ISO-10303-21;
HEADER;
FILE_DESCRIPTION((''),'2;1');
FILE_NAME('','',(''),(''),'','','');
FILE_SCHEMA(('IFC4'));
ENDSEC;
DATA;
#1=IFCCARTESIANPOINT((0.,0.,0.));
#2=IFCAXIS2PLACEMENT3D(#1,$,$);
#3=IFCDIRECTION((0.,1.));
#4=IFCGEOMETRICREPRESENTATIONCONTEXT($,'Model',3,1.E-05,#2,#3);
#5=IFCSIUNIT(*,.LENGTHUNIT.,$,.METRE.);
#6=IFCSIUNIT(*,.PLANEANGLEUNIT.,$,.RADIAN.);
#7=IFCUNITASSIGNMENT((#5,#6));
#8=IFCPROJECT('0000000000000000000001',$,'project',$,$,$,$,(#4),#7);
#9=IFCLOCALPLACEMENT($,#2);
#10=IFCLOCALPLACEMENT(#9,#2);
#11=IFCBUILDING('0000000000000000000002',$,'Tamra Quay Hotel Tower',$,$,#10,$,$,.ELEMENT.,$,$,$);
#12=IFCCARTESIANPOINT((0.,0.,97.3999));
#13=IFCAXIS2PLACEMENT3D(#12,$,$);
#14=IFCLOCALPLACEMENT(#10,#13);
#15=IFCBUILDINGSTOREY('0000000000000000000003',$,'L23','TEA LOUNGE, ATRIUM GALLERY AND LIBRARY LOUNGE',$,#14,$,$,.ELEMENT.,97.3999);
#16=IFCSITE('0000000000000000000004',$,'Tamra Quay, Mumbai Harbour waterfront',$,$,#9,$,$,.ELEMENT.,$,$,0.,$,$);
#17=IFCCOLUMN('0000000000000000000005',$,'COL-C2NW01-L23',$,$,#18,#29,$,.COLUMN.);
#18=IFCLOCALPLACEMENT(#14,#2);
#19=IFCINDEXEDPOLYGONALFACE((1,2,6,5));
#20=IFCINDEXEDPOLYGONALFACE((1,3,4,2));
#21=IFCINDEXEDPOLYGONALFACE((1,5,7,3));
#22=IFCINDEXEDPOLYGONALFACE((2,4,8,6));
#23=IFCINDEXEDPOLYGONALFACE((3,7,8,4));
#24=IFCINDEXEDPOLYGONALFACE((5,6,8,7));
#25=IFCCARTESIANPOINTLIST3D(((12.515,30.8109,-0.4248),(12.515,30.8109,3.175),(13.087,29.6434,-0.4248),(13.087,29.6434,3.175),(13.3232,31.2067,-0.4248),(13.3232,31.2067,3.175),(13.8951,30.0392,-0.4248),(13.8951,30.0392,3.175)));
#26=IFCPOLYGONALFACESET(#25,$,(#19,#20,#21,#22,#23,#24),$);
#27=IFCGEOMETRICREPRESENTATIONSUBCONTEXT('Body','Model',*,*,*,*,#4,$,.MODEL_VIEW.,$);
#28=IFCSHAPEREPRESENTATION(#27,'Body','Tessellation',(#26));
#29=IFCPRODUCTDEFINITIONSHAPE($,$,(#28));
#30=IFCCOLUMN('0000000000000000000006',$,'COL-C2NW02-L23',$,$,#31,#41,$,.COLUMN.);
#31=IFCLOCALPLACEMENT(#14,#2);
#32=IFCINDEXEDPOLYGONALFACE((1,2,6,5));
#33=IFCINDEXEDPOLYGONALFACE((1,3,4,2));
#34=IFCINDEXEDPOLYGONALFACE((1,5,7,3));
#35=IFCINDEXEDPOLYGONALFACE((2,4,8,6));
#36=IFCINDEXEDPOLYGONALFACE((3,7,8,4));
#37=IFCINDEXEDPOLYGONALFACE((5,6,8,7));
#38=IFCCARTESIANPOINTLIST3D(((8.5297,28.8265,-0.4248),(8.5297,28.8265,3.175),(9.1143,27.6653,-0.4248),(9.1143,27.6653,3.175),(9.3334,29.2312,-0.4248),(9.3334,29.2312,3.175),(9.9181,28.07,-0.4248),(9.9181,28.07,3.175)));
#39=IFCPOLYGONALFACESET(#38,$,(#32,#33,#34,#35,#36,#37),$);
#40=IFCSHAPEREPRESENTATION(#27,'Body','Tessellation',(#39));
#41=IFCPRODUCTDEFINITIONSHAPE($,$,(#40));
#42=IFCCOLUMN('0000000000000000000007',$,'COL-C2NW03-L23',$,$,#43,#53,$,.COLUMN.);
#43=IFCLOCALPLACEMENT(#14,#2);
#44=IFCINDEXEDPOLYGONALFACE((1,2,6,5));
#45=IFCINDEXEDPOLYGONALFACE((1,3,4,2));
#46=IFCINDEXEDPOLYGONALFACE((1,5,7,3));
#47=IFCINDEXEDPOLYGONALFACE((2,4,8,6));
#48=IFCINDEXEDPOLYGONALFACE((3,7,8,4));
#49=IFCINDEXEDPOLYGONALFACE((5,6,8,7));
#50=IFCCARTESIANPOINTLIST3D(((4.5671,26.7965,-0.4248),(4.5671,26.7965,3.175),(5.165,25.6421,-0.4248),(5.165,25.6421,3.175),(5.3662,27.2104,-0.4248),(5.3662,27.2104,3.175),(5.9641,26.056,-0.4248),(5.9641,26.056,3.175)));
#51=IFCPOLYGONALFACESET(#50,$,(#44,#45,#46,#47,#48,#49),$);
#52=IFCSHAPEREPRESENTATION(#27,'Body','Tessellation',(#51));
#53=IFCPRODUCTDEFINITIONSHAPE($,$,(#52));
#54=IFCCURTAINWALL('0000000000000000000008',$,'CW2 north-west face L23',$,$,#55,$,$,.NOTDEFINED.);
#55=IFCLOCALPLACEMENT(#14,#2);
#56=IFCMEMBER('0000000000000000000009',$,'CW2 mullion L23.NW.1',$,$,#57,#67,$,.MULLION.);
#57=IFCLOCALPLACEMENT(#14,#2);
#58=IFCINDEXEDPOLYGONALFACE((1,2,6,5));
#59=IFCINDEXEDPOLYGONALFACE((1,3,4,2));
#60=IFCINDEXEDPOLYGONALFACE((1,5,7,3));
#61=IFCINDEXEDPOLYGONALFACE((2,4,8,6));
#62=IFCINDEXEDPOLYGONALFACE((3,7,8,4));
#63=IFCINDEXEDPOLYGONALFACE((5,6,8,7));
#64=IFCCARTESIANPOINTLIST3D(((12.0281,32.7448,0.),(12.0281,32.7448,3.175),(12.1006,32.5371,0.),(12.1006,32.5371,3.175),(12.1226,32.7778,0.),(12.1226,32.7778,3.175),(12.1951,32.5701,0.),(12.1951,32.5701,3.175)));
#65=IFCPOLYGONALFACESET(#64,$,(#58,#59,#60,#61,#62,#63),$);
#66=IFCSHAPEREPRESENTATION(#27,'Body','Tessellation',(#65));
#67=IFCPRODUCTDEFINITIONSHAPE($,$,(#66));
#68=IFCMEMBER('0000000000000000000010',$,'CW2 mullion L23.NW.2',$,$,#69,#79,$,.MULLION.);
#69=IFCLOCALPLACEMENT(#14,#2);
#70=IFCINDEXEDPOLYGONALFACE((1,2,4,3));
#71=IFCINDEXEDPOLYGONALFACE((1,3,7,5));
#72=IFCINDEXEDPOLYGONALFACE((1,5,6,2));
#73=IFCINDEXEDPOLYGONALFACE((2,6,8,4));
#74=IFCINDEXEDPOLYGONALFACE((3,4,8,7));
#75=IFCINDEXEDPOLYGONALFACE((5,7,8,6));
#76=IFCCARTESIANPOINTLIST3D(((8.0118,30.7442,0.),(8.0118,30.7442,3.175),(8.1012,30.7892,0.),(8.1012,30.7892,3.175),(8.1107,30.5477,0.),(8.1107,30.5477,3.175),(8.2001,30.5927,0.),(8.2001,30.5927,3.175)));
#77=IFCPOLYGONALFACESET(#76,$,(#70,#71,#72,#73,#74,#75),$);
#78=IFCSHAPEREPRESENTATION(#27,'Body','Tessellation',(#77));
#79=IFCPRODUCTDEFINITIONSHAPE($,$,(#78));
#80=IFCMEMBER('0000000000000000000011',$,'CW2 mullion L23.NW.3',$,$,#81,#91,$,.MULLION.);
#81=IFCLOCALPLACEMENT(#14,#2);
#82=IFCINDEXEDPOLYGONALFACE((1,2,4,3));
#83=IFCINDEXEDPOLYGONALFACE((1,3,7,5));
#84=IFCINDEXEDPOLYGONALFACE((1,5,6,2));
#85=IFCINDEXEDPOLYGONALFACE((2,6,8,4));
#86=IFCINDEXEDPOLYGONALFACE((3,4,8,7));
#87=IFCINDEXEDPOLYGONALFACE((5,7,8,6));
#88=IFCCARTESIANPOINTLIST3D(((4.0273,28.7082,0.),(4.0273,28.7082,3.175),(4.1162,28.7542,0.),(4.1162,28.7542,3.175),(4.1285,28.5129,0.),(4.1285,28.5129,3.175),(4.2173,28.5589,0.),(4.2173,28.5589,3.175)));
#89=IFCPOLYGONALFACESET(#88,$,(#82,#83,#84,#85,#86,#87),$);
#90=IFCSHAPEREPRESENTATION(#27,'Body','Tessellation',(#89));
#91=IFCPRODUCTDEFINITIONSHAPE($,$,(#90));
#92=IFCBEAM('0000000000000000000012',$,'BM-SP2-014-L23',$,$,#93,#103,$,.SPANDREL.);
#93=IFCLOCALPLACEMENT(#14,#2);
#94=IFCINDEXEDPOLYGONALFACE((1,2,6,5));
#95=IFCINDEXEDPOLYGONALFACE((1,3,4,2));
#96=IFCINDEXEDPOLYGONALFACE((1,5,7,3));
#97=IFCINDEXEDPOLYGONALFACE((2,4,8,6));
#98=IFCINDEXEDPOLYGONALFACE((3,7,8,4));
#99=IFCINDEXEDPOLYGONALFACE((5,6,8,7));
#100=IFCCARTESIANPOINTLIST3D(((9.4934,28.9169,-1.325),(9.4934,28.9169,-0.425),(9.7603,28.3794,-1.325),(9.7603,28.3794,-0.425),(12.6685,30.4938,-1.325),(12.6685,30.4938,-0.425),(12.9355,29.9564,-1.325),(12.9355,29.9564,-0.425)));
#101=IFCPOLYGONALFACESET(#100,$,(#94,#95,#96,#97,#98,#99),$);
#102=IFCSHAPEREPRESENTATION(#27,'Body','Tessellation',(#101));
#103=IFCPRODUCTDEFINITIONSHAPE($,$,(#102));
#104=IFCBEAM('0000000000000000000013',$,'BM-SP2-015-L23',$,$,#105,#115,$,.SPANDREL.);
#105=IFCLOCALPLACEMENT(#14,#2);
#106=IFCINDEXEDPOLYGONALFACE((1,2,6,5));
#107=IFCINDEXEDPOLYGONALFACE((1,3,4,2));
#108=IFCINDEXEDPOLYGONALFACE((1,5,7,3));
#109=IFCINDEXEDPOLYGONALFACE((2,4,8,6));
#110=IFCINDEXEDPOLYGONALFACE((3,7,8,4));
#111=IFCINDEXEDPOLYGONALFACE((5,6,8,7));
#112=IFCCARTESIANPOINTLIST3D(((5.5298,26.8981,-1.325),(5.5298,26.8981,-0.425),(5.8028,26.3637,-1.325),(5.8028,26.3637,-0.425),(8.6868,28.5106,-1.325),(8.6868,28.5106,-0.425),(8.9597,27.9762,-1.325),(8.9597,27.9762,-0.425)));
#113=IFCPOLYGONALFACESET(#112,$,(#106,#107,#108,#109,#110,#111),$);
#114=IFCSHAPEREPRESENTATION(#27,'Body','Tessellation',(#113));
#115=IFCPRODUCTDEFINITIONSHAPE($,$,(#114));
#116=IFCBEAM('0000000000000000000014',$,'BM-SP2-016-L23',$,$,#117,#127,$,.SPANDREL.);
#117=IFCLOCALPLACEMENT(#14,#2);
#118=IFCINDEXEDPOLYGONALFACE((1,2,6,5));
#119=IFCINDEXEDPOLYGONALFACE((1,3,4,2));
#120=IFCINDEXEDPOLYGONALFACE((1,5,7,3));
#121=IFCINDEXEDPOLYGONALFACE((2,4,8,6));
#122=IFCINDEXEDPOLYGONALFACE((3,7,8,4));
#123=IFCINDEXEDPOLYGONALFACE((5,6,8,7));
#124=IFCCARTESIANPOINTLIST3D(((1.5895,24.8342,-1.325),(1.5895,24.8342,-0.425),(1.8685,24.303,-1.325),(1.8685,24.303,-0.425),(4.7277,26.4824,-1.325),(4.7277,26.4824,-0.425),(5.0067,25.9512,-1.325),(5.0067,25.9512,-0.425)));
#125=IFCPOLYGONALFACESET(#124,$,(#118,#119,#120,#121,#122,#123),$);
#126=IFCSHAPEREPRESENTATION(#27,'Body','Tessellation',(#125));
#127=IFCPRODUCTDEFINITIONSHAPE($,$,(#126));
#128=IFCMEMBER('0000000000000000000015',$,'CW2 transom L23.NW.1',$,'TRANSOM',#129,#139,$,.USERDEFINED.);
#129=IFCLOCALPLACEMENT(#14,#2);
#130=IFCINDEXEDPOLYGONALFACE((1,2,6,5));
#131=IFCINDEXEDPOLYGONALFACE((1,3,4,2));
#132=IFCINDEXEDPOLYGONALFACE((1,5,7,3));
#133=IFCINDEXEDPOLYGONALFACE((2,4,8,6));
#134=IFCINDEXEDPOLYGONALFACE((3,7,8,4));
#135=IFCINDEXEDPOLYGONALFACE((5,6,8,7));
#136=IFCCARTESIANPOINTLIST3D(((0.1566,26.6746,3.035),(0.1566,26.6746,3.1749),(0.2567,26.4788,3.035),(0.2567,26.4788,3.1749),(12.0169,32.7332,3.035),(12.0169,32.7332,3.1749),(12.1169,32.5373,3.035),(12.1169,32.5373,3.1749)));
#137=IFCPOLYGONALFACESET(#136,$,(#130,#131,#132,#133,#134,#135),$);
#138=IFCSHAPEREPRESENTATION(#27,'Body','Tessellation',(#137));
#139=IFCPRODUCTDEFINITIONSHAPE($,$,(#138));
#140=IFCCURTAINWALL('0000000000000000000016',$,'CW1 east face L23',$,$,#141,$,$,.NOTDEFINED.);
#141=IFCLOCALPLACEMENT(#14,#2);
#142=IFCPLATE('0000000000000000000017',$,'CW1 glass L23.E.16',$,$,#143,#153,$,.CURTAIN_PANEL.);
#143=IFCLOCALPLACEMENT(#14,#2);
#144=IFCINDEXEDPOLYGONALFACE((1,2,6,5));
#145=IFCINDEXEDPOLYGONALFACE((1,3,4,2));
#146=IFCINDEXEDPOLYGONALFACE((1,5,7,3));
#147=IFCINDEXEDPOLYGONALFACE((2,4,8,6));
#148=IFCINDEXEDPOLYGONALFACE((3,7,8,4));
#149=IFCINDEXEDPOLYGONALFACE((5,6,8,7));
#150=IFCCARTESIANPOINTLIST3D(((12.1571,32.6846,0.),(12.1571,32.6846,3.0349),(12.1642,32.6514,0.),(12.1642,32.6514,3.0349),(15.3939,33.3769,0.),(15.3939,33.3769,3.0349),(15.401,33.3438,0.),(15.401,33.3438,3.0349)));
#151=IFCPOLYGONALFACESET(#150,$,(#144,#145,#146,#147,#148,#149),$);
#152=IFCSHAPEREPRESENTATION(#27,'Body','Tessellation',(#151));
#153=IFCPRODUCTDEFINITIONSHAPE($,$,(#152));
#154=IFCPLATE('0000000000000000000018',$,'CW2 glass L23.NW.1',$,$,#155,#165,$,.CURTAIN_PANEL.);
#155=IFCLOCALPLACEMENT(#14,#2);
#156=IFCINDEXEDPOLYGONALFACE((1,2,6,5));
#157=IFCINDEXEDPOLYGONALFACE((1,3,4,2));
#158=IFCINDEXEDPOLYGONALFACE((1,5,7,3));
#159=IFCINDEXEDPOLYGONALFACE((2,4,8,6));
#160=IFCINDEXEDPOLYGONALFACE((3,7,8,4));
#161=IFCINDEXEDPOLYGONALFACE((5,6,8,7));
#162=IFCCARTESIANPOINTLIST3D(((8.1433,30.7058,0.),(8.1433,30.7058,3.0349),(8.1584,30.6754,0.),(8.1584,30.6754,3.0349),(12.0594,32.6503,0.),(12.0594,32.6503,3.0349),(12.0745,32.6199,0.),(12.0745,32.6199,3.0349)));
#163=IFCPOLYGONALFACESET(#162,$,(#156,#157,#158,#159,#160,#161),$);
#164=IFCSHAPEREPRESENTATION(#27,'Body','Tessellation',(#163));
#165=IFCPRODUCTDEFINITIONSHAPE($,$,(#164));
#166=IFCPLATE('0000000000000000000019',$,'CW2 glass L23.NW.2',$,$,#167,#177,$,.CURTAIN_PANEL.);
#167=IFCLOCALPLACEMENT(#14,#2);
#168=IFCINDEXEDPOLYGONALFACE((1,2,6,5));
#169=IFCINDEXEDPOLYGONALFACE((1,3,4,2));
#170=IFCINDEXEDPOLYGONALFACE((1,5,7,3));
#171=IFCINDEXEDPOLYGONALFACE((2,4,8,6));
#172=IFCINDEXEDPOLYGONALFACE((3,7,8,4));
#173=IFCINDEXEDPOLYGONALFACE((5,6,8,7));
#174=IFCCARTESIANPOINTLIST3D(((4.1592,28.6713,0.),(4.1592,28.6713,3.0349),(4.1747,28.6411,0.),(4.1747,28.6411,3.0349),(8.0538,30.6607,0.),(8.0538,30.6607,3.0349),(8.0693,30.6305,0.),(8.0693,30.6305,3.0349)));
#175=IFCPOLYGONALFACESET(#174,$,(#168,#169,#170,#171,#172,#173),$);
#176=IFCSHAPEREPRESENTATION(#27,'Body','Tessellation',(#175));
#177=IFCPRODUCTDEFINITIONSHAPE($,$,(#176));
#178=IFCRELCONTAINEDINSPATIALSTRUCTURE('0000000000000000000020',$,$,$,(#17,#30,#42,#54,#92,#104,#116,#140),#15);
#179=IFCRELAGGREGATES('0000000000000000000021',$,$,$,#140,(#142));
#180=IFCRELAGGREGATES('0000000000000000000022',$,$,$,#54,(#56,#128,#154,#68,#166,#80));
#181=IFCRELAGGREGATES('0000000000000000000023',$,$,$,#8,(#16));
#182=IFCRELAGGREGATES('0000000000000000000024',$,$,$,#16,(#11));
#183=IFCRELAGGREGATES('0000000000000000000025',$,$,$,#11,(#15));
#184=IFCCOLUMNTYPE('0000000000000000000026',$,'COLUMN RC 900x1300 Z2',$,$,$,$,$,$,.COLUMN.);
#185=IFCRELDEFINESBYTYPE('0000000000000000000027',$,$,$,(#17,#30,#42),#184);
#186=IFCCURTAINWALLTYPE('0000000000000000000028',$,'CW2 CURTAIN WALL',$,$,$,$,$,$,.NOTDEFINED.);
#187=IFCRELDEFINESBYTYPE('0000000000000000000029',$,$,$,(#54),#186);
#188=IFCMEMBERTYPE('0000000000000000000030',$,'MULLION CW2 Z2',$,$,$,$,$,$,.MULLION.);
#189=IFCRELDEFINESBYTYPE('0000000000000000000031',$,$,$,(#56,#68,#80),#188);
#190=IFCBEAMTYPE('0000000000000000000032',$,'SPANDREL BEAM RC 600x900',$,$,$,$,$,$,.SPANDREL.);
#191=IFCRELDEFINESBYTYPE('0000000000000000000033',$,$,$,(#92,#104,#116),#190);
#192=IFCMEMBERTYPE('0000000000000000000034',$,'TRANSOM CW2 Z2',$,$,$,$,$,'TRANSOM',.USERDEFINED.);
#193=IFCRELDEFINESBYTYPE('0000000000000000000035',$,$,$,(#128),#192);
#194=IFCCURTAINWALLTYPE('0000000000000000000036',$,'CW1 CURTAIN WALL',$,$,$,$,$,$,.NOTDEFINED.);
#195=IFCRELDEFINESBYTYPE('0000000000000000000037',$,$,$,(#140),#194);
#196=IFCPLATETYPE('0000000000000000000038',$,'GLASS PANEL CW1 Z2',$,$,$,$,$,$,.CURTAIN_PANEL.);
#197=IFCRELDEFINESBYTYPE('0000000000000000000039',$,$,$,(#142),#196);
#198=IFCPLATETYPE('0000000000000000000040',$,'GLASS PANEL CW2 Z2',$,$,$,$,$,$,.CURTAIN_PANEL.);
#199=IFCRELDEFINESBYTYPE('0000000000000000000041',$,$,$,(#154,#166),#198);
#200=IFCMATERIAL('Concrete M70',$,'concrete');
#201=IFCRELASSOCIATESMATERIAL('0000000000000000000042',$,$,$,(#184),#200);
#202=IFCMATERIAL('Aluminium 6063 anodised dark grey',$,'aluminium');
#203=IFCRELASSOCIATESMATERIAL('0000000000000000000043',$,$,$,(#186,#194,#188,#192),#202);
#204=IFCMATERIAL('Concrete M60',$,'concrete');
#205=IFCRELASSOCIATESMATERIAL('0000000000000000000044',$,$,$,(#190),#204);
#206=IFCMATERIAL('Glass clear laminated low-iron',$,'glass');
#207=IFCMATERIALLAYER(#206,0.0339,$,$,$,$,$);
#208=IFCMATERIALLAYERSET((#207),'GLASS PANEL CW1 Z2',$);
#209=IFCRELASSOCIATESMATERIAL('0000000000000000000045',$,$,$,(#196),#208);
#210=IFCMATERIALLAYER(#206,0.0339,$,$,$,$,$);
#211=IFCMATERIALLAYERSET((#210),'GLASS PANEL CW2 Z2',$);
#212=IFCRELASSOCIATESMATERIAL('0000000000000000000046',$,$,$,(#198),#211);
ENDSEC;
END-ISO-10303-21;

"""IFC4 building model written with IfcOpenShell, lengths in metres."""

from ifc_helpers import new_model, si_unit, direction, frame, origin, origin_2d, place, context, subcontext, project, spatial, rectangle, extrude, material, layer, layer_set, material_profile, profile_set, type_object, element, aggregate, save


model = new_model("IFC4")

# Units and contexts
model_context = context("Model", 3, precision=1e-05, world=origin(), true_north=direction((0.0, 1.0)))
body_context = subcontext(model_context, "Body", "Model", "MODEL_VIEW")
ifc_project = project(units=[si_unit("LENGTHUNIT", "METRE"), si_unit("PLANEANGLEUNIT", "RADIAN")], contexts=[model_context])

# Site, building, storey
site_placement = place(None, origin())
site = spatial("IfcSite", under=ifc_project, at=site_placement, Name="Tamra Quay, Mumbai Harbour waterfront", CompositionType="ELEMENT", RefElevation=0.0)
building_placement = place(site_placement, origin())
building = spatial("IfcBuilding", under=site, at=building_placement, Name="Tamra Quay Hotel Tower", CompositionType="ELEMENT")
storey_placement = place(building_placement, frame((0.0, 0.0, 97.3999)))
storey = spatial("IfcBuildingStorey", under=building, at=storey_placement, Name="L23", Description="TEA LOUNGE, ATRIUM GALLERY AND LIBRARY LOUNGE", CompositionType="ELEMENT", Elevation=97.3999)

# Columns
ifc_material_1 = material(Name="Concrete M70", Category="concrete")
ifc_material_profile_1 = material_profile(ifc_material_1, rectangle(XDim=1.3, YDim=0.8999, at=origin_2d()), Name="COLUMN RC 900x1300 Z2")
ifc_profile_set_1 = profile_set([ifc_material_profile_1], Name="Concrete M70")
column_type = type_object("IfcColumnType", Name="COLUMN RC 900x1300 Z2", PredefinedType="COLUMN", material=ifc_profile_set_1)
for number, where, z_axis, x_axis, name in (
    (1, (13.2051, 30.425, -0.4248), (0.0, 0.0, 1.0), (-0.439916, 0.898039, 0.0), "COL-C2NW01-L23"),
    (2, (9.2239, 28.4482, -0.4248), (0.0, 0.0, 1.0), (-0.449727, 0.893166, 0.0), "COL-C2NW02-L23"),
    (3, (5.2656, 26.4263, -0.4248), (0.0, 0.0, 1.0), (-0.45989, 0.887976, 0.0), "COL-C2NW03-L23"),
):
    element("IfcColumn", number, at=place(storey_placement, frame(where, z_axis=z_axis, x_axis=x_axis)), inside=storey, type_object=column_type, Name=name, PredefinedType="COLUMN", context=body_context, shape_type="SweptSolid", body=[
        extrude(rectangle(XDim=1.3, YDim=0.8999, at=origin_2d()), origin(), (0.0, 0.0, 1.0), 3.5999),
    ])

# Curtain wall, members
ifc_material_2 = material(Name="Aluminium 6063 anodised dark grey", Category="aluminium")
curtain_wall_type_1 = type_object("IfcCurtainWallType", Name="CW2 CURTAIN WALL", PredefinedType="NOTDEFINED", material=ifc_material_2)
curtain_wall_1_placement = place(storey_placement, origin())
curtain_wall_1 = element("IfcCurtainWall", 4, at=curtain_wall_1_placement, inside=storey, type_object=curtain_wall_type_1, Name="CW2 north-west face L23", PredefinedType="NOTDEFINED")
ifc_material_profile_2 = material_profile(ifc_material_2, rectangle(XDim=0.22, YDim=0.1001, at=origin_2d()), Name="MULLION 100X220")
ifc_profile_set_2 = profile_set([ifc_material_profile_2], Name="Aluminium 6063 anodised dark grey")
member_type_1 = type_object("IfcMemberType", Name="MULLION CW2 Z2", PredefinedType="MULLION", material=ifc_profile_set_2)
member_1_placement = place(storey_placement, frame((12.1116, 32.6575, 0.0), z_axis=(0.0, 0.0, 1.0), x_axis=(-0.329532, 0.944144, 0.0)))
member_1 = element("IfcMember", 5, at=member_1_placement, type_object=member_type_1, Name="CW2 mullion L23.NW.1", PredefinedType="MULLION", context=body_context, shape_type="SweptSolid", body=[
    extrude(rectangle(XDim=0.22, YDim=0.1001, at=origin_2d()), origin(), (0.0, 0.0, 1.0), 3.175),
])
member_2_placement = place(storey_placement, frame((8.106, 30.6685, 0.0), z_axis=(0.0, 0.0, 1.0), x_axis=(-0.449827, 0.893116, 0.0)))
member_2 = element("IfcMember", 6, at=member_2_placement, type_object=member_type_1, Name="CW2 mullion L23.NW.2", PredefinedType="MULLION", context=body_context, shape_type="SweptSolid", body=[
    extrude(rectangle(XDim=0.22, YDim=0.1001, at=origin_2d()), origin(), (0.0, 0.0, 1.0), 3.175),
])
member_3_placement = place(storey_placement, frame((4.1223, 28.6335, 0.0), z_axis=(0.0, 0.0, 1.0), x_axis=(-0.45996, 0.88794, 0.0)))
member_3 = element("IfcMember", 7, at=member_3_placement, type_object=member_type_1, Name="CW2 mullion L23.NW.3", PredefinedType="MULLION", context=body_context, shape_type="SweptSolid", body=[
    extrude(rectangle(XDim=0.22, YDim=0.1001, at=origin_2d()), origin(), (0.0, 0.0, 1.0), 3.175),
])

# Beams
ifc_material_3 = material(Name="Concrete M60", Category="concrete")
ifc_material_profile_3 = material_profile(ifc_material_3, rectangle(XDim=0.6001, YDim=0.8999, at=origin_2d()), Name="SPANDREL BEAM RC 600x900")
ifc_profile_set_3 = profile_set([ifc_material_profile_3], Name="Concrete M60")
beam_type = type_object("IfcBeamType", Name="SPANDREL BEAM RC 600x900", PredefinedType="SPANDREL", material=ifc_profile_set_3)
beam_1_placement = place(storey_placement, frame((12.802, 30.2251, -0.875), z_axis=(-0.895622, -0.444815, 0.0), x_axis=(0.444815, -0.895622, 0.0)))
element("IfcBeam", 8, at=beam_1_placement, inside=storey, type_object=beam_type, Name="BM-SP2-014-L23", PredefinedType="SPANDREL", context=body_context, shape_type="SweptSolid", body=[
    extrude(rectangle(XDim=0.6001, YDim=0.8999, at=origin_2d()), origin(), (0.0, 0.0, 1.0), 3.5452),
])
beam_2_placement = place(storey_placement, frame((8.8232, 28.2434, -0.875), z_axis=(-0.890551, -0.454883, 0.0), x_axis=(0.454883, -0.890551, 0.0)))
element("IfcBeam", 9, at=beam_2_placement, inside=storey, type_object=beam_type, Name="BM-SP2-015-L23", PredefinedType="SPANDREL", context=body_context, shape_type="SweptSolid", body=[
    extrude(rectangle(XDim=0.6001, YDim=0.8999, at=origin_2d()), origin(), (0.0, 0.0, 1.0), 3.5449),
])
beam_3_placement = place(storey_placement, frame((4.8672, 26.2168, -0.875), z_axis=(-0.885323, -0.464977, 0.0), x_axis=(0.464977, -0.885323, 0.0)))
element("IfcBeam", 10, at=beam_3_placement, inside=storey, type_object=beam_type, Name="BM-SP2-016-L23", PredefinedType="SPANDREL", context=body_context, shape_type="SweptSolid", body=[
    extrude(rectangle(XDim=0.6001, YDim=0.8999, at=origin_2d()), origin(), (0.0, 0.0, 1.0), 3.5447),
])

# Member
ifc_material_profile_4 = material_profile(ifc_material_2, rectangle(XDim=0.22, YDim=0.1399, at=origin_2d()), Name="TRANSOM 220X140")
ifc_profile_set_4 = profile_set([ifc_material_profile_4], Name="Aluminium 6063 anodised dark grey")
member_type_2 = type_object("IfcMemberType", Name="TRANSOM CW2 Z2", ElementType="TRANSOM", PredefinedType="USERDEFINED", material=ifc_profile_set_4)
member_4_placement = place(storey_placement, frame((12.0669, 32.6353, 3.105), z_axis=(-0.890537, -0.454911, 0.0), x_axis=(0.454911, -0.890537, 0.0)))
member_4 = element("IfcMember", 11, at=member_4_placement, type_object=member_type_2, Name="CW2 transom L23.NW.1", ObjectType="TRANSOM", PredefinedType="USERDEFINED", context=body_context, shape_type="SweptSolid", body=[
    extrude(rectangle(XDim=0.22, YDim=0.1399, at=origin_2d()), origin(), (0.0, 0.0, 1.0), 13.3181),
])

# Curtain wall, plate
curtain_wall_type_2 = type_object("IfcCurtainWallType", Name="CW1 CURTAIN WALL", PredefinedType="NOTDEFINED", material=ifc_material_2)
curtain_wall_2_placement = place(storey_placement, origin())
curtain_wall_2 = element("IfcCurtainWall", 12, at=curtain_wall_2_placement, inside=storey, type_object=curtain_wall_type_2, Name="CW1 east face L23", PredefinedType="NOTDEFINED")
ifc_material_4 = material(Name="Glass clear laminated low-iron", Category="glass")
ifc_layer_1 = layer(ifc_material_4, 0.0339)
ifc_layer_set_1 = layer_set([ifc_layer_1], Name="GLASS PANEL CW1 Z2")
plate_type_1 = type_object("IfcPlateType", Name="GLASS PANEL CW1 Z2", PredefinedType="CURTAIN_PANEL", material=ifc_layer_set_1)
plate_1_placement = place(storey_placement, frame((13.7791, 33.0142, 0.0), z_axis=(0.0, 0.0, 1.0), x_axis=(-0.977879, -0.209172, 0.0)))
plate_1 = element("IfcPlate", 13, at=plate_1_placement, type_object=plate_type_1, Name="CW1 glass L23.E.16", PredefinedType="CURTAIN_PANEL", context=body_context, shape_type="SweptSolid", body=[
    extrude(rectangle(XDim=3.3101, YDim=0.0339, at=origin_2d()), origin(), (0.0, 0.0, 1.0), 3.0349),
])
aggregate(curtain_wall_2, [plate_1])

# Plates
ifc_layer_2 = layer(ifc_material_4, 0.0339)
ifc_layer_set_2 = layer_set([ifc_layer_2], Name="GLASS PANEL CW2 Z2")
plate_type_2 = type_object("IfcPlateType", Name="GLASS PANEL CW2 Z2", PredefinedType="CURTAIN_PANEL", material=ifc_layer_set_2)
plate_2_placement = place(storey_placement, frame((10.1089, 31.6628, 0.0), z_axis=(0.0, 0.0, 1.0), x_axis=(-0.895658, -0.444743, 0.0)))
plate_2 = element("IfcPlate", 14, at=plate_2_placement, type_object=plate_type_2, Name="CW2 glass L23.NW.1", PredefinedType="CURTAIN_PANEL", context=body_context, shape_type="SweptSolid", body=[
    extrude(rectangle(XDim=4.3723, YDim=0.0339, at=origin_2d()), origin(), (0.0, 0.0, 1.0), 3.0349),
])
plate_3_placement = place(storey_placement, frame((6.1143, 29.6509, 0.0), z_axis=(0.0, 0.0, 1.0), x_axis=(-0.890545, -0.454896, 0.0)))
plate_3 = element("IfcPlate", 15, at=plate_3_placement, type_object=plate_type_2, Name="CW2 glass L23.NW.2", PredefinedType="CURTAIN_PANEL", context=body_context, shape_type="SweptSolid", body=[
    extrude(rectangle(XDim=4.3733, YDim=0.0339, at=origin_2d()), origin(), (0.0, 0.0, 1.0), 3.0349),
])
aggregate(curtain_wall_1, [member_1, member_4, plate_2, member_2, plate_3, member_3])

save(model, "model.ifc")
